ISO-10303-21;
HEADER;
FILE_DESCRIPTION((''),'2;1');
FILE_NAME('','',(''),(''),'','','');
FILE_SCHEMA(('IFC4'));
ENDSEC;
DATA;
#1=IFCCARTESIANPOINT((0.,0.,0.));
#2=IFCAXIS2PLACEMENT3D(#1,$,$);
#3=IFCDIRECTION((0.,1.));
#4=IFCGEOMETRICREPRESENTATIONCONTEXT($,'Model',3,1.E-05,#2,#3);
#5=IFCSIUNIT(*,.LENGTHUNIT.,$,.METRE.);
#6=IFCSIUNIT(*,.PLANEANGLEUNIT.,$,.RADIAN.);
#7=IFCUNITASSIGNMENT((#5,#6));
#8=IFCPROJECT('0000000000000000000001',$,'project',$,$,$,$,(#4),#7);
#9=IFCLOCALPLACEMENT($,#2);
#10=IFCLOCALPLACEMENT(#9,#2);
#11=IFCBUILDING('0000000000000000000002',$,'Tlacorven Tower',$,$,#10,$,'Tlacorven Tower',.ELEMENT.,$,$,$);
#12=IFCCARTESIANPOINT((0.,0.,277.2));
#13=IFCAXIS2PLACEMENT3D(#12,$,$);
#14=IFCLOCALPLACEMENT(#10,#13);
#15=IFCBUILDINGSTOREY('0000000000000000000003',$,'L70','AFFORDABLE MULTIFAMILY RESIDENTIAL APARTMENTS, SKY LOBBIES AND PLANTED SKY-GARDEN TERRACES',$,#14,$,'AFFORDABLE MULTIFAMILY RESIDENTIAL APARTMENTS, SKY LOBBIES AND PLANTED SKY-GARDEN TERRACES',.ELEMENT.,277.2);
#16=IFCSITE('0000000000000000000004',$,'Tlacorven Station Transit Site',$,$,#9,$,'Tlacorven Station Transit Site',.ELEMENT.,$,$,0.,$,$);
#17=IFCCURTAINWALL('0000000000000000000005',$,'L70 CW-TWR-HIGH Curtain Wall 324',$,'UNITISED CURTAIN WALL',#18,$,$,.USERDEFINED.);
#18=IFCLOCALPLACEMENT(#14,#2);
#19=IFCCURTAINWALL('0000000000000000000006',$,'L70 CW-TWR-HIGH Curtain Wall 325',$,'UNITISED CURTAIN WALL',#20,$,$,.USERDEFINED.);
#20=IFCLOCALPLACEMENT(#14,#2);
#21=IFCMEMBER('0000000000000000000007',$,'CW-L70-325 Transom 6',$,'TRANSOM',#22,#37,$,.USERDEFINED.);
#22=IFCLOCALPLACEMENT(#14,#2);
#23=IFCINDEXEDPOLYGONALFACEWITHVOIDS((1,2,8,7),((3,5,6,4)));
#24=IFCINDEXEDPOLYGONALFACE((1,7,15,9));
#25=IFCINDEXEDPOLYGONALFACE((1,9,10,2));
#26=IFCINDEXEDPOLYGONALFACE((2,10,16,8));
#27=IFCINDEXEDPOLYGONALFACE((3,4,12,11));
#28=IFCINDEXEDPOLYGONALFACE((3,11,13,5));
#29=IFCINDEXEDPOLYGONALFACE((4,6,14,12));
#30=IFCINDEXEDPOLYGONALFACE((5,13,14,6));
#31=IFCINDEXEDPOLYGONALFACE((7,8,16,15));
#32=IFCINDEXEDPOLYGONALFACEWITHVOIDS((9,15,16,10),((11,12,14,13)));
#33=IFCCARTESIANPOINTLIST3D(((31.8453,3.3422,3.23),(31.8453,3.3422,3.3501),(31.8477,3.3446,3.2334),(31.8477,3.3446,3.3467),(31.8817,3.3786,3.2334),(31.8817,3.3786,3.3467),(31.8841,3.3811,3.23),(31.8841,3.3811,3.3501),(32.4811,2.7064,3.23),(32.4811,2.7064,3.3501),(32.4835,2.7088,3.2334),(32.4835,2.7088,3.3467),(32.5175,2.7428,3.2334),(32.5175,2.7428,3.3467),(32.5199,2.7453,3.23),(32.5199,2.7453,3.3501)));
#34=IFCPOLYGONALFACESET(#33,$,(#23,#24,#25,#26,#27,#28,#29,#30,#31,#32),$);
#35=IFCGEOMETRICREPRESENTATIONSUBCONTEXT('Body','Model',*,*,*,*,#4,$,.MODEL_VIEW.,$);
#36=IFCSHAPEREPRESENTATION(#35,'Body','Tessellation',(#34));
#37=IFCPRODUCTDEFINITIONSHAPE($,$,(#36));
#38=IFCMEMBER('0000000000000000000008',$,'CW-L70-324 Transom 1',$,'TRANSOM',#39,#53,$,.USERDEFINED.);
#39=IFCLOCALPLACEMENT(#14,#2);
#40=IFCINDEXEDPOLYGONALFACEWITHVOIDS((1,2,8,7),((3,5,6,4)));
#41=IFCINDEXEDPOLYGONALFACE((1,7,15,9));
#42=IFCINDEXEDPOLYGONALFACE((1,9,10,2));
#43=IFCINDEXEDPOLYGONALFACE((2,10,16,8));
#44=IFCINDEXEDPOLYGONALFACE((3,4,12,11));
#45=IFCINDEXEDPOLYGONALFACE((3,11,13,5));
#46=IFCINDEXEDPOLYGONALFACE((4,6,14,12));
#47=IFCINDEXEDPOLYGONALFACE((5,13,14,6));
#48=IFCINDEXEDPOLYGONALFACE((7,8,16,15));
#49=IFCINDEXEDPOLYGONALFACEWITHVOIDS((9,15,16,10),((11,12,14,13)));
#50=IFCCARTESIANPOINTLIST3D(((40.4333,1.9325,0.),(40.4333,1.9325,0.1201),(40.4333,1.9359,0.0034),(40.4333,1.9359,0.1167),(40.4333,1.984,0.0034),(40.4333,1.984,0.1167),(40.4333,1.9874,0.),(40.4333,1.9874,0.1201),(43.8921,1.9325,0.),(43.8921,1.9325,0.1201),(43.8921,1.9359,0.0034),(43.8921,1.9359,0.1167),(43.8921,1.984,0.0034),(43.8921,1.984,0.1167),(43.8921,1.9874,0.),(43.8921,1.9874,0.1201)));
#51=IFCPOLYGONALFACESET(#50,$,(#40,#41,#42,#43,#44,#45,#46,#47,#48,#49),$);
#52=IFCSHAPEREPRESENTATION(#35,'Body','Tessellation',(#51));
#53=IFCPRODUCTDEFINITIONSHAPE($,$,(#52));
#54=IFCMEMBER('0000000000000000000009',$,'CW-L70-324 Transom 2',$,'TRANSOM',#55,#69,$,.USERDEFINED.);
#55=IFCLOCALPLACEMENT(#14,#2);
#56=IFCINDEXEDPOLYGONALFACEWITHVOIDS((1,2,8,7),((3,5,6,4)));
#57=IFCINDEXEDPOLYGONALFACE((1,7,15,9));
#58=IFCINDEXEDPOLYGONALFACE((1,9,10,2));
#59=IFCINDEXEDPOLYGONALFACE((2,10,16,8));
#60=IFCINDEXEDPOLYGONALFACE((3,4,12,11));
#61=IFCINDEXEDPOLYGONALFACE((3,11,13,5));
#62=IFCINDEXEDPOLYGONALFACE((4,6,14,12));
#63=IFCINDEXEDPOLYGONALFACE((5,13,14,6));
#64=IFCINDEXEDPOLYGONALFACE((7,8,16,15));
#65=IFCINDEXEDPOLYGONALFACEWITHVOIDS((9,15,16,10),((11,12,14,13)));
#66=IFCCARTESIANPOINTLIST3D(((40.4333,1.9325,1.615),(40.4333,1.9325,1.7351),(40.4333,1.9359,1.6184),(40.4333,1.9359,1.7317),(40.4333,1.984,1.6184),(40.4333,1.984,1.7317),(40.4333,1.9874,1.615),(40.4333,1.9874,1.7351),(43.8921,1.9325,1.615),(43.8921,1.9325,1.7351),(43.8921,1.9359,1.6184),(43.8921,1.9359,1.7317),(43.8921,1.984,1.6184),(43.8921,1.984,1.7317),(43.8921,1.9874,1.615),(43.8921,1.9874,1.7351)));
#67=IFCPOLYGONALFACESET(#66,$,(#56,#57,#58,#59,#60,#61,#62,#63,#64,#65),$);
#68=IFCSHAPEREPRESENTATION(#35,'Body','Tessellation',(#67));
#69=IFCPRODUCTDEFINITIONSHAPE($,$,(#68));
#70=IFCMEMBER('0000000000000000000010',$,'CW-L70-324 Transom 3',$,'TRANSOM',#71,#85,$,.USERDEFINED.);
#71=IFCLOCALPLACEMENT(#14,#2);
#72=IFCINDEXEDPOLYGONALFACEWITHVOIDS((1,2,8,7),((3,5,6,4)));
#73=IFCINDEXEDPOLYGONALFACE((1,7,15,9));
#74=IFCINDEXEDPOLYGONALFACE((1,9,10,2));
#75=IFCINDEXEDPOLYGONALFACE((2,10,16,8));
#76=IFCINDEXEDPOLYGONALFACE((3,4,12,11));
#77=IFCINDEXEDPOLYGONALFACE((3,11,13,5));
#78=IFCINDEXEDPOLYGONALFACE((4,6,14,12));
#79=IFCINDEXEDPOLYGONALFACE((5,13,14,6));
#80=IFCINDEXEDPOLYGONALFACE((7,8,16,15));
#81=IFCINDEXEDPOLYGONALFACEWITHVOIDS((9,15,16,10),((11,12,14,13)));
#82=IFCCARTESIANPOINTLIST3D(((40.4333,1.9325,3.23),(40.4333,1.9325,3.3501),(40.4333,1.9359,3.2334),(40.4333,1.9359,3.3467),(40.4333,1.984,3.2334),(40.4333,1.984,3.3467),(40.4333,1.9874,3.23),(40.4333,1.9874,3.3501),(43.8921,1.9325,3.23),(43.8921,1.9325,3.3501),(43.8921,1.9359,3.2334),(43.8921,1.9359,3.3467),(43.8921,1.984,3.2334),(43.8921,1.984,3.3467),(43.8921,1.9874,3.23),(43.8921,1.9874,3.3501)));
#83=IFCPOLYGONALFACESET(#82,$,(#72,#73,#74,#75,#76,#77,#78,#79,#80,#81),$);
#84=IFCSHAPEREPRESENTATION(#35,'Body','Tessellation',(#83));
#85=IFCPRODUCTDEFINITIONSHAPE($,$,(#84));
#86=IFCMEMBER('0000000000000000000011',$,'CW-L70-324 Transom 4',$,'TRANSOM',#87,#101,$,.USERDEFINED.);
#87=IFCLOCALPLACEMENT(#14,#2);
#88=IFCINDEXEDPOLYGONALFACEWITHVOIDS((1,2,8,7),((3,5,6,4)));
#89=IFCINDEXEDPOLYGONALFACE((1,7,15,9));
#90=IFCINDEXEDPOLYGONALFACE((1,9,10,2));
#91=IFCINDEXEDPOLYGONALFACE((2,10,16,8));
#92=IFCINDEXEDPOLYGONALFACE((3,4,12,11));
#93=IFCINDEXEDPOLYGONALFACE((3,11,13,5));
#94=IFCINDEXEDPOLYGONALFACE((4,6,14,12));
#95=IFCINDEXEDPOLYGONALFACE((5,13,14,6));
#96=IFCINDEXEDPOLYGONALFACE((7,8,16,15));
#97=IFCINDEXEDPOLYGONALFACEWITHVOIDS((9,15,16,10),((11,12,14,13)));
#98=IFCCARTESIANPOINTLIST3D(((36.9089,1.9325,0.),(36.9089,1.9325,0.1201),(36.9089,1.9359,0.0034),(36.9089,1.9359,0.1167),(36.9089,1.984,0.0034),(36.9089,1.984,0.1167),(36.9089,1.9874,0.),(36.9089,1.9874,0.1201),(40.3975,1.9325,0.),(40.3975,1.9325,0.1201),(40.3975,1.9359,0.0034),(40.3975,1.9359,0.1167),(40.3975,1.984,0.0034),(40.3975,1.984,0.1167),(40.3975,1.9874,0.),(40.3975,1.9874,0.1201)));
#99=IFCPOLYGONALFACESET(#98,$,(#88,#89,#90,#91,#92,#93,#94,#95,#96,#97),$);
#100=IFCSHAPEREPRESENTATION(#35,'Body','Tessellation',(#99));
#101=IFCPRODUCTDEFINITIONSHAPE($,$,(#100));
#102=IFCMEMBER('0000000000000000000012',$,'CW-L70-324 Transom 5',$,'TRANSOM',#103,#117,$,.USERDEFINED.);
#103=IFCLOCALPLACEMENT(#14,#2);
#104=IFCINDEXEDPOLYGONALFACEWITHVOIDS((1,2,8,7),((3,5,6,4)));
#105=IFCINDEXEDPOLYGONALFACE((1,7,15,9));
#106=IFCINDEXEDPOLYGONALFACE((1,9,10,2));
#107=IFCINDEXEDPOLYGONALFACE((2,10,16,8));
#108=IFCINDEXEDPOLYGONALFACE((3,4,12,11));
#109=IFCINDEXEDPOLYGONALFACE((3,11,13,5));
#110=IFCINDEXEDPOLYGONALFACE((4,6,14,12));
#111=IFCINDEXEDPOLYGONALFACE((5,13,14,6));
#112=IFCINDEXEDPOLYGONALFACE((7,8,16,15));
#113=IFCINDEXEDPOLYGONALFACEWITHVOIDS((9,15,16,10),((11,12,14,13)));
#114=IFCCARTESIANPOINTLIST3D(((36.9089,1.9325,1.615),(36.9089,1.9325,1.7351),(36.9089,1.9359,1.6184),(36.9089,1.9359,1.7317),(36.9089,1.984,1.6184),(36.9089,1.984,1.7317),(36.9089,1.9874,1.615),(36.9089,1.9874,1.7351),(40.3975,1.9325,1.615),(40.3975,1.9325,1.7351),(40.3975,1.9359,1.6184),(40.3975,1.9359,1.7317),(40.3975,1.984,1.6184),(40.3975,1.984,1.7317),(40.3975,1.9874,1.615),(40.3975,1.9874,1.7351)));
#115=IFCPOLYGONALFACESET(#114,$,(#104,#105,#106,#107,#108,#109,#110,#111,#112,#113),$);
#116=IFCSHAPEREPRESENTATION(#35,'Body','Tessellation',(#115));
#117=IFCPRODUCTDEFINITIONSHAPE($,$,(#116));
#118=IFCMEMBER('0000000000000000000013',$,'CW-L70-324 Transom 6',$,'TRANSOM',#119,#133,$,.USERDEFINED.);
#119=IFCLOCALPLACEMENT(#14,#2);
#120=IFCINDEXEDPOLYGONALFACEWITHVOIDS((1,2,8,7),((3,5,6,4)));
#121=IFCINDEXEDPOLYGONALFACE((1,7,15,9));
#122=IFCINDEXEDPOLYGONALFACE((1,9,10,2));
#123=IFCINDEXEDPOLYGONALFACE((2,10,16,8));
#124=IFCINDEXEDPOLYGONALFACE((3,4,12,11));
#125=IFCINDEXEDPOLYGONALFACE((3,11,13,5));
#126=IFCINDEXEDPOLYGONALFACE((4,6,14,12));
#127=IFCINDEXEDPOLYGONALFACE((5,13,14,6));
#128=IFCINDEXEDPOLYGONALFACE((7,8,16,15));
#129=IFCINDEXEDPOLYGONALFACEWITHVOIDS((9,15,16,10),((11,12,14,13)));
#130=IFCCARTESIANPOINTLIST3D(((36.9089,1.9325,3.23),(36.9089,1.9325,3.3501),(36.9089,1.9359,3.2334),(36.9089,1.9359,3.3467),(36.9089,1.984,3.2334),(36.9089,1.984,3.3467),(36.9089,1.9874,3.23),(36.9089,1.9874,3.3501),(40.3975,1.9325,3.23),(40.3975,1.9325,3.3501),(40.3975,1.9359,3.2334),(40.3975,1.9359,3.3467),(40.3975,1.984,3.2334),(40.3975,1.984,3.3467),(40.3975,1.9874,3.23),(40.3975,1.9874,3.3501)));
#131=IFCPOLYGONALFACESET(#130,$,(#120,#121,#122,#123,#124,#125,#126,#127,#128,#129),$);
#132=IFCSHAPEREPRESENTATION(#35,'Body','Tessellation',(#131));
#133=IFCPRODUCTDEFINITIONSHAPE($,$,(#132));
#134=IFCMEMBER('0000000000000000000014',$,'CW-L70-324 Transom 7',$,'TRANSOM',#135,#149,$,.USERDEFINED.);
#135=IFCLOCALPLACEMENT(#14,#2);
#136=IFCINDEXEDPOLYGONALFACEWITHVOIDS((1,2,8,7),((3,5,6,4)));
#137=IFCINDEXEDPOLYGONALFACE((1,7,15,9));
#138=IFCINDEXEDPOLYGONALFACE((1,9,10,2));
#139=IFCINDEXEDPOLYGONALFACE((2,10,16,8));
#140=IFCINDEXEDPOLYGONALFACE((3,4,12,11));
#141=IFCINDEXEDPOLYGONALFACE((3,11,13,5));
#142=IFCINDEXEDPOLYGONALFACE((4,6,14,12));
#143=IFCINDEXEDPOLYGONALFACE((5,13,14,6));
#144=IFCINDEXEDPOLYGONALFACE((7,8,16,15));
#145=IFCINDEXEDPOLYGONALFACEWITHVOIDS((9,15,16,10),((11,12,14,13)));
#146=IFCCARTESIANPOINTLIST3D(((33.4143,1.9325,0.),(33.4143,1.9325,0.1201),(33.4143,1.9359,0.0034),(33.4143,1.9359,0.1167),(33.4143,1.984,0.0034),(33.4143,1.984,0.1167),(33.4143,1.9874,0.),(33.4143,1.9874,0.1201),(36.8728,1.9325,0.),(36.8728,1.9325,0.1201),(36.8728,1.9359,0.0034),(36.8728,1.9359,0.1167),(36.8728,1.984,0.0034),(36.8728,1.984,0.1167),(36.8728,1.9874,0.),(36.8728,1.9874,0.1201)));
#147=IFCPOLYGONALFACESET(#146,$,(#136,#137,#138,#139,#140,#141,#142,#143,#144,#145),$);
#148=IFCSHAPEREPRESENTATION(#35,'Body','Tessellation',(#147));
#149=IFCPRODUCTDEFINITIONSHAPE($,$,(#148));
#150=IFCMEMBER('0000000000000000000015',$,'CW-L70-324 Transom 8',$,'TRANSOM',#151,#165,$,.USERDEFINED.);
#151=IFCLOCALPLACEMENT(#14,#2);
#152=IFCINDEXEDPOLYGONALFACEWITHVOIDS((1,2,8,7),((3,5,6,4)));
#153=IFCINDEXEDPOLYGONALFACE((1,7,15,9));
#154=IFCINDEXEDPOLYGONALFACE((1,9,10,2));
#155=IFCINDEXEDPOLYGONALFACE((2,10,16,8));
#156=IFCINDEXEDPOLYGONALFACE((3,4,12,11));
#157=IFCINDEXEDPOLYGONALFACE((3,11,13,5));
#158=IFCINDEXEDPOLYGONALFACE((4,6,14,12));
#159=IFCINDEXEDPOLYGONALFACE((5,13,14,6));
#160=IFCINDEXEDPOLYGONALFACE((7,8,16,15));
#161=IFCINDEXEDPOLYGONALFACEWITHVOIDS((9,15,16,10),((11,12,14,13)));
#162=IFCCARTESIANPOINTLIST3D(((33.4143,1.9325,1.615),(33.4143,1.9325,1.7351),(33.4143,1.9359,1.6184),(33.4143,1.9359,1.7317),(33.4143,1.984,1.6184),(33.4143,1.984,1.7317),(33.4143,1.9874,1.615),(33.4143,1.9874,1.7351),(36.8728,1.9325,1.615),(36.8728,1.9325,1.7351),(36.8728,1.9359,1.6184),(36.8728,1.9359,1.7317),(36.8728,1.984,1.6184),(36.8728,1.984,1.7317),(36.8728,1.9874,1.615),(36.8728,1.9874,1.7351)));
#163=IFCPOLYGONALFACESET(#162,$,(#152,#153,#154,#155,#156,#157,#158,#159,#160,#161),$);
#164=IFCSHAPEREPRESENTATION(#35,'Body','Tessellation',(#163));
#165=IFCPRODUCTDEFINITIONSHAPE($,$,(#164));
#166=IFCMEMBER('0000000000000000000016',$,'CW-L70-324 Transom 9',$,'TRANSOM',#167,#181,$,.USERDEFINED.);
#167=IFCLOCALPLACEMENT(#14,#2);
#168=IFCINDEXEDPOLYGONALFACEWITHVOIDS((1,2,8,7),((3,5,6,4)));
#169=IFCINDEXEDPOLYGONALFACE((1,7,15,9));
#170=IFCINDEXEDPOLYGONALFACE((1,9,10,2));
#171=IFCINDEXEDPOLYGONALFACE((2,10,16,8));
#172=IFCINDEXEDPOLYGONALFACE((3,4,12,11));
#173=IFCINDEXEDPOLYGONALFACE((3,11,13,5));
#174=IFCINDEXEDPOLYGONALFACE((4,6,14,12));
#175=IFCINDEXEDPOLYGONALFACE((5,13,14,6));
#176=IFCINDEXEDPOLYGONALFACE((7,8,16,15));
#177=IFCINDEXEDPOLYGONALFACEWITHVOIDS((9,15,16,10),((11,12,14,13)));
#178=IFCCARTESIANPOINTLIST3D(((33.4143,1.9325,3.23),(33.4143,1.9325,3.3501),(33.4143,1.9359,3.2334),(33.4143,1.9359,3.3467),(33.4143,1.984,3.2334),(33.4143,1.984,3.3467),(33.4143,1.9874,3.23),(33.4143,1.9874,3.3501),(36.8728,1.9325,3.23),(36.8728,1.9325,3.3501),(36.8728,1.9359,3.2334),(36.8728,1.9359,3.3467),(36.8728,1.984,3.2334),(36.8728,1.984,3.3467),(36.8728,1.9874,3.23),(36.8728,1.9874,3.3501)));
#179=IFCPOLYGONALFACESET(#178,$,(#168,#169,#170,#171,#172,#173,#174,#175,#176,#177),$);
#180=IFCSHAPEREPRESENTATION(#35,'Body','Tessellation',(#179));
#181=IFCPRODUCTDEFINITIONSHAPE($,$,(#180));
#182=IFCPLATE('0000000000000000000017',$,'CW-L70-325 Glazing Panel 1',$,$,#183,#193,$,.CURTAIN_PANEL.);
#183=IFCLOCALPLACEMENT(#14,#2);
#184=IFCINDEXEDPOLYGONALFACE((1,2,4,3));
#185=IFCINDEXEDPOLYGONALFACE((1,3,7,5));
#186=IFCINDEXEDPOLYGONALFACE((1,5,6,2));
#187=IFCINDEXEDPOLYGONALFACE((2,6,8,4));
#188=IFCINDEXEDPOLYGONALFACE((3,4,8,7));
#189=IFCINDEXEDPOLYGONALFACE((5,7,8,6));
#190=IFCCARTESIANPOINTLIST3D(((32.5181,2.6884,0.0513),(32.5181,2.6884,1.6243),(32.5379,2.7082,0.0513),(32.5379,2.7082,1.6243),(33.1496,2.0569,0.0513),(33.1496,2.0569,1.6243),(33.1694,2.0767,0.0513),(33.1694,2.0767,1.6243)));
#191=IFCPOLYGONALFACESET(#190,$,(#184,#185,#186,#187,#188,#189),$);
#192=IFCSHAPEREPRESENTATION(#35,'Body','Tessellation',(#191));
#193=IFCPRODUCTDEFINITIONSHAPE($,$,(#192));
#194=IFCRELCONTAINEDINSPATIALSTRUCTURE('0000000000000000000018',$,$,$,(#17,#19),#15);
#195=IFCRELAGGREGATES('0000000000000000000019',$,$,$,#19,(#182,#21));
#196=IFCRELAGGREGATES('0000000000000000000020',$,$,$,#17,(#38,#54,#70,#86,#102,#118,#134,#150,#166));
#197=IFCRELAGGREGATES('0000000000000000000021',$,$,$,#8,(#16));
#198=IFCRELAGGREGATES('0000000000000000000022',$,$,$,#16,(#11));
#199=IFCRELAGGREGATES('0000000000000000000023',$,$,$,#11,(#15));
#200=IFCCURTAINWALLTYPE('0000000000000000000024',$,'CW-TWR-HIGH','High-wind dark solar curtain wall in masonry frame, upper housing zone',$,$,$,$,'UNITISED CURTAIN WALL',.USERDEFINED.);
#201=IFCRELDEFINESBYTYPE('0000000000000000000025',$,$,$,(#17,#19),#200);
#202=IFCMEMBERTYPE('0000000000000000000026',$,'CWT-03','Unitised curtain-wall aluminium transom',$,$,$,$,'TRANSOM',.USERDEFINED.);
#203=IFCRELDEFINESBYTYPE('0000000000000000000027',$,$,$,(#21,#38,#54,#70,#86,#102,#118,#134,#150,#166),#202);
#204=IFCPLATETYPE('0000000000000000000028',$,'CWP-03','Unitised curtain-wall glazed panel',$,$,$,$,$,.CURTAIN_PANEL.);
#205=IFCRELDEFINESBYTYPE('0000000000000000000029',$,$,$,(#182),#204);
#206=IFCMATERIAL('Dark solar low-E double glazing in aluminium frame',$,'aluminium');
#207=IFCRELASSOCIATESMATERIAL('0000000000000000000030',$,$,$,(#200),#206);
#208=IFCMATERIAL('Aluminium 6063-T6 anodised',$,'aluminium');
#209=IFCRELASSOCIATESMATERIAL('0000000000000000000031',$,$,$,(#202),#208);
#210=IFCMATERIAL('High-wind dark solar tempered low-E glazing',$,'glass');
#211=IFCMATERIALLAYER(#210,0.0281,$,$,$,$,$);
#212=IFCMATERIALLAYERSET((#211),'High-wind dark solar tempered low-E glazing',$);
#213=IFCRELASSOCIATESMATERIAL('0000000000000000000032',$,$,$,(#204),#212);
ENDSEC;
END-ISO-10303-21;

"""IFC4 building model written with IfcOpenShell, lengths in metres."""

from ifc_helpers import new_model, si_unit, direction, frame, origin, origin_2d, place, context, subcontext, project, spatial, rectangle, hollow_rectangle, extrude, source, transform, mapped, material, layer, layer_set, material_profile, profile_set, type_object, element, aggregate, save


model = new_model("IFC4")

# Units and contexts
model_context = context("Model", 3, precision=1e-05, world=origin(), true_north=direction((0.0, 1.0)))
body_context = subcontext(model_context, "Body", "Model", "MODEL_VIEW")
ifc_project = project(units=[si_unit("LENGTHUNIT", "METRE"), si_unit("PLANEANGLEUNIT", "RADIAN")], contexts=[model_context])

# Site, building, storey
site_placement = place(None, origin())
site = spatial("IfcSite", under=ifc_project, at=site_placement, Name="Tlacorven Station Transit Site", LongName="Tlacorven Station Transit Site", CompositionType="ELEMENT", RefElevation=0.0)
building_placement = place(site_placement, origin())
building = spatial("IfcBuilding", under=site, at=building_placement, Name="Tlacorven Tower", LongName="Tlacorven Tower", CompositionType="ELEMENT")
storey_placement = place(building_placement, frame((0.0, 0.0, 277.2)))
storey = spatial("IfcBuildingStorey", under=building, at=storey_placement, Name="L70", Description="AFFORDABLE MULTIFAMILY RESIDENTIAL APARTMENTS, SKY LOBBIES AND PLANTED SKY-GARDEN TERRACES", LongName="AFFORDABLE MULTIFAMILY RESIDENTIAL APARTMENTS, SKY LOBBIES AND PLANTED SKY-GARDEN TERRACES", CompositionType="ELEMENT", Elevation=277.2)

# Curtain walls, member
ifc_material_1 = material(Name="Dark solar low-E double glazing in aluminium frame", Category="aluminium")
curtain_wall_type = type_object("IfcCurtainWallType", Name="CW-TWR-HIGH", Description="High-wind dark solar curtain wall in masonry frame, upper housing zone", ElementType="UNITISED CURTAIN WALL", PredefinedType="USERDEFINED", material=ifc_material_1)
curtain_wall_1_placement = place(storey_placement, origin())
curtain_wall_1 = element("IfcCurtainWall", 1, at=curtain_wall_1_placement, inside=storey, type_object=curtain_wall_type, Name="L70 CW-TWR-HIGH Curtain Wall 324", ObjectType="UNITISED CURTAIN WALL", PredefinedType="USERDEFINED")
ifc_material_2 = material(Name="Aluminium 6063-T6 anodised", Category="aluminium")
curtain_wall_2_placement = place(storey_placement, origin())
curtain_wall_2 = element("IfcCurtainWall", 2, at=curtain_wall_2_placement, inside=storey, type_object=curtain_wall_type, Name="L70 CW-TWR-HIGH Curtain Wall 325", ObjectType="UNITISED CURTAIN WALL", PredefinedType="USERDEFINED")
ifc_material_profile_1 = material_profile(ifc_material_2, hollow_rectangle(XDim=0.0549, YDim=0.1201, WallThickness=0.0034, at=origin_2d()), Name="ALU TRANSOM 55X120")
ifc_profile_set_1 = profile_set([ifc_material_profile_1], Name="Aluminium 6063-T6 anodised")
member_type_1 = type_object("IfcMemberType", Name="CWT-03", Description="Unitised curtain-wall aluminium transom", ElementType="TRANSOM", PredefinedType="USERDEFINED", material=ifc_profile_set_1)
shared_shape_1 = source(origin(), body_context, "Body", "SweptSolid", [
    extrude(hollow_rectangle(XDim=0.0549, YDim=0.1201, WallThickness=0.0034, at=origin_2d()), origin(), (0.0, 0.0, 1.0), 0.8992),
])
member_1_placement = place(storey_placement, frame((32.5005, 2.7258, 3.29), z_axis=(-0.707107, 0.707107, 0.0), x_axis=(-0.707107, -0.707107, 0.0)))
member_1 = element("IfcMember", 3, at=member_1_placement, type_object=member_type_1, Name="CW-L70-325 Transom 6", ObjectType="TRANSOM", PredefinedType="USERDEFINED", context=body_context, shape_type="MappedRepresentation", body=[
    mapped(shared_shape_1, transform((0.0, 0.0, 0.0), scale=1.0)),
])

# Members
shared_shape_2 = source(origin(), body_context, "Body", "SweptSolid", [
    extrude(hollow_rectangle(XDim=0.0549, YDim=0.1201, WallThickness=0.0034, at=origin_2d()), origin(), (0.0, 0.0, 1.0), 3.4587),
])
member_2_placement = place(storey_placement, frame((43.8921, 1.96, 0.0601), z_axis=(-1.0, 0.0, 0.0), x_axis=(0.0, -1.0, 0.0)))
member_2 = element("IfcMember", 4, at=member_2_placement, type_object=member_type_1, Name="CW-L70-324 Transom 1", ObjectType="TRANSOM", PredefinedType="USERDEFINED", context=body_context, shape_type="MappedRepresentation", body=[
    mapped(shared_shape_2, transform((0.0, 0.0, 0.0), scale=1.0)),
])
member_3_placement = place(storey_placement, frame((43.8921, 1.96, 1.675), z_axis=(-1.0, 0.0, 0.0), x_axis=(0.0, -1.0, 0.0)))
member_3 = element("IfcMember", 5, at=member_3_placement, type_object=member_type_1, Name="CW-L70-324 Transom 2", ObjectType="TRANSOM", PredefinedType="USERDEFINED", context=body_context, shape_type="MappedRepresentation", body=[
    mapped(shared_shape_2, transform((0.0, 0.0, 0.0), scale=1.0)),
])
member_4_placement = place(storey_placement, frame((43.8921, 1.96, 3.29), z_axis=(-1.0, 0.0, 0.0), x_axis=(0.0, -1.0, 0.0)))
member_4 = element("IfcMember", 6, at=member_4_placement, type_object=member_type_1, Name="CW-L70-324 Transom 3", ObjectType="TRANSOM", PredefinedType="USERDEFINED", context=body_context, shape_type="MappedRepresentation", body=[
    mapped(shared_shape_2, transform((0.0, 0.0, 0.0), scale=1.0)),
])
shared_shape_3 = source(origin(), body_context, "Body", "SweptSolid", [
    extrude(hollow_rectangle(XDim=0.0549, YDim=0.1201, WallThickness=0.0034, at=origin_2d()), origin(), (0.0, 0.0, 1.0), 3.4885),
])
member_5_placement = place(storey_placement, frame((40.3975, 1.96, 0.0601), z_axis=(-1.0, 0.0, 0.0), x_axis=(0.0, -1.0, 0.0)))
member_5 = element("IfcMember", 7, at=member_5_placement, type_object=member_type_1, Name="CW-L70-324 Transom 4", ObjectType="TRANSOM", PredefinedType="USERDEFINED", context=body_context, shape_type="MappedRepresentation", body=[
    mapped(shared_shape_3, transform((0.0, 0.0, 0.0), scale=1.0)),
])
member_6_placement = place(storey_placement, frame((40.3975, 1.96, 1.675), z_axis=(-1.0, 0.0, 0.0), x_axis=(0.0, -1.0, 0.0)))
member_6 = element("IfcMember", 8, at=member_6_placement, type_object=member_type_1, Name="CW-L70-324 Transom 5", ObjectType="TRANSOM", PredefinedType="USERDEFINED", context=body_context, shape_type="MappedRepresentation", body=[
    mapped(shared_shape_3, transform((0.0, 0.0, 0.0), scale=1.0)),
])
member_7_placement = place(storey_placement, frame((40.3975, 1.96, 3.29), z_axis=(-1.0, 0.0, 0.0), x_axis=(0.0, -1.0, 0.0)))
member_7 = element("IfcMember", 9, at=member_7_placement, type_object=member_type_1, Name="CW-L70-324 Transom 6", ObjectType="TRANSOM", PredefinedType="USERDEFINED", context=body_context, shape_type="MappedRepresentation", body=[
    mapped(shared_shape_3, transform((0.0, 0.0, 0.0), scale=1.0)),
])
shared_shape_4 = source(origin(), body_context, "Body", "SweptSolid", [
    extrude(hollow_rectangle(XDim=0.0549, YDim=0.1201, WallThickness=0.0034, at=origin_2d()), origin(), (0.0, 0.0, 1.0), 3.4585),
])
member_8_placement = place(storey_placement, frame((36.8728, 1.96, 0.0601), z_axis=(-1.0, 0.0, 0.0), x_axis=(0.0, -1.0, 0.0)))
member_8 = element("IfcMember", 10, at=member_8_placement, type_object=member_type_1, Name="CW-L70-324 Transom 7", ObjectType="TRANSOM", PredefinedType="USERDEFINED", context=body_context, shape_type="MappedRepresentation", body=[
    mapped(shared_shape_4, transform((0.0, 0.0, 0.0), scale=1.0)),
])
member_9_placement = place(storey_placement, frame((36.8728, 1.96, 1.675), z_axis=(-1.0, 0.0, 0.0), x_axis=(0.0, -1.0, 0.0)))
member_9 = element("IfcMember", 11, at=member_9_placement, type_object=member_type_1, Name="CW-L70-324 Transom 8", ObjectType="TRANSOM", PredefinedType="USERDEFINED", context=body_context, shape_type="MappedRepresentation", body=[
    mapped(shared_shape_4, transform((0.0, 0.0, 0.0), scale=1.0)),
])
member_10_placement = place(storey_placement, frame((36.8728, 1.96, 3.29), z_axis=(-1.0, 0.0, 0.0), x_axis=(0.0, -1.0, 0.0)))
member_10 = element("IfcMember", 12, at=member_10_placement, type_object=member_type_1, Name="CW-L70-324 Transom 9", ObjectType="TRANSOM", PredefinedType="USERDEFINED", context=body_context, shape_type="MappedRepresentation", body=[
    mapped(shared_shape_4, transform((0.0, 0.0, 0.0), scale=1.0)),
])

# Plate
ifc_material_3 = material(Name="High-wind dark solar tempered low-E glazing", Category="glass")
ifc_layer_1 = layer(ifc_material_3, 0.0281)
ifc_layer_set_1 = layer_set([ifc_layer_1], Name="High-wind dark solar tempered low-E glazing")
plate_type = type_object("IfcPlateType", Name="CWP-03", Description="Unitised curtain-wall glazed panel", PredefinedType="CURTAIN_PANEL", material=ifc_layer_set_1)
shared_shape_5 = source(origin(), body_context, "Body", "SweptSolid", [
    extrude(rectangle(XDim=0.8931, YDim=0.0281, at=origin_2d()), origin(), (0.0, 0.0, 1.0), 1.573),
])
plate_1_placement = place(storey_placement, frame((32.8438, 2.3826, 0.0513), z_axis=(0.0, 0.0, 1.0), x_axis=(-0.707107, 0.707107, 0.0)))
plate_1 = element("IfcPlate", 13, at=plate_1_placement, type_object=plate_type, Name="CW-L70-325 Glazing Panel 1", PredefinedType="CURTAIN_PANEL", context=body_context, shape_type="MappedRepresentation", body=[
    mapped(shared_shape_5, transform((0.0, 0.0, 0.0), scale=1.0)),
])
aggregate(curtain_wall_2, [plate_1, member_1])
aggregate(curtain_wall_1, [member_2, member_3, member_4, member_5, member_6, member_7, member_8, member_9, member_10])

save(model, "model.ifc")
